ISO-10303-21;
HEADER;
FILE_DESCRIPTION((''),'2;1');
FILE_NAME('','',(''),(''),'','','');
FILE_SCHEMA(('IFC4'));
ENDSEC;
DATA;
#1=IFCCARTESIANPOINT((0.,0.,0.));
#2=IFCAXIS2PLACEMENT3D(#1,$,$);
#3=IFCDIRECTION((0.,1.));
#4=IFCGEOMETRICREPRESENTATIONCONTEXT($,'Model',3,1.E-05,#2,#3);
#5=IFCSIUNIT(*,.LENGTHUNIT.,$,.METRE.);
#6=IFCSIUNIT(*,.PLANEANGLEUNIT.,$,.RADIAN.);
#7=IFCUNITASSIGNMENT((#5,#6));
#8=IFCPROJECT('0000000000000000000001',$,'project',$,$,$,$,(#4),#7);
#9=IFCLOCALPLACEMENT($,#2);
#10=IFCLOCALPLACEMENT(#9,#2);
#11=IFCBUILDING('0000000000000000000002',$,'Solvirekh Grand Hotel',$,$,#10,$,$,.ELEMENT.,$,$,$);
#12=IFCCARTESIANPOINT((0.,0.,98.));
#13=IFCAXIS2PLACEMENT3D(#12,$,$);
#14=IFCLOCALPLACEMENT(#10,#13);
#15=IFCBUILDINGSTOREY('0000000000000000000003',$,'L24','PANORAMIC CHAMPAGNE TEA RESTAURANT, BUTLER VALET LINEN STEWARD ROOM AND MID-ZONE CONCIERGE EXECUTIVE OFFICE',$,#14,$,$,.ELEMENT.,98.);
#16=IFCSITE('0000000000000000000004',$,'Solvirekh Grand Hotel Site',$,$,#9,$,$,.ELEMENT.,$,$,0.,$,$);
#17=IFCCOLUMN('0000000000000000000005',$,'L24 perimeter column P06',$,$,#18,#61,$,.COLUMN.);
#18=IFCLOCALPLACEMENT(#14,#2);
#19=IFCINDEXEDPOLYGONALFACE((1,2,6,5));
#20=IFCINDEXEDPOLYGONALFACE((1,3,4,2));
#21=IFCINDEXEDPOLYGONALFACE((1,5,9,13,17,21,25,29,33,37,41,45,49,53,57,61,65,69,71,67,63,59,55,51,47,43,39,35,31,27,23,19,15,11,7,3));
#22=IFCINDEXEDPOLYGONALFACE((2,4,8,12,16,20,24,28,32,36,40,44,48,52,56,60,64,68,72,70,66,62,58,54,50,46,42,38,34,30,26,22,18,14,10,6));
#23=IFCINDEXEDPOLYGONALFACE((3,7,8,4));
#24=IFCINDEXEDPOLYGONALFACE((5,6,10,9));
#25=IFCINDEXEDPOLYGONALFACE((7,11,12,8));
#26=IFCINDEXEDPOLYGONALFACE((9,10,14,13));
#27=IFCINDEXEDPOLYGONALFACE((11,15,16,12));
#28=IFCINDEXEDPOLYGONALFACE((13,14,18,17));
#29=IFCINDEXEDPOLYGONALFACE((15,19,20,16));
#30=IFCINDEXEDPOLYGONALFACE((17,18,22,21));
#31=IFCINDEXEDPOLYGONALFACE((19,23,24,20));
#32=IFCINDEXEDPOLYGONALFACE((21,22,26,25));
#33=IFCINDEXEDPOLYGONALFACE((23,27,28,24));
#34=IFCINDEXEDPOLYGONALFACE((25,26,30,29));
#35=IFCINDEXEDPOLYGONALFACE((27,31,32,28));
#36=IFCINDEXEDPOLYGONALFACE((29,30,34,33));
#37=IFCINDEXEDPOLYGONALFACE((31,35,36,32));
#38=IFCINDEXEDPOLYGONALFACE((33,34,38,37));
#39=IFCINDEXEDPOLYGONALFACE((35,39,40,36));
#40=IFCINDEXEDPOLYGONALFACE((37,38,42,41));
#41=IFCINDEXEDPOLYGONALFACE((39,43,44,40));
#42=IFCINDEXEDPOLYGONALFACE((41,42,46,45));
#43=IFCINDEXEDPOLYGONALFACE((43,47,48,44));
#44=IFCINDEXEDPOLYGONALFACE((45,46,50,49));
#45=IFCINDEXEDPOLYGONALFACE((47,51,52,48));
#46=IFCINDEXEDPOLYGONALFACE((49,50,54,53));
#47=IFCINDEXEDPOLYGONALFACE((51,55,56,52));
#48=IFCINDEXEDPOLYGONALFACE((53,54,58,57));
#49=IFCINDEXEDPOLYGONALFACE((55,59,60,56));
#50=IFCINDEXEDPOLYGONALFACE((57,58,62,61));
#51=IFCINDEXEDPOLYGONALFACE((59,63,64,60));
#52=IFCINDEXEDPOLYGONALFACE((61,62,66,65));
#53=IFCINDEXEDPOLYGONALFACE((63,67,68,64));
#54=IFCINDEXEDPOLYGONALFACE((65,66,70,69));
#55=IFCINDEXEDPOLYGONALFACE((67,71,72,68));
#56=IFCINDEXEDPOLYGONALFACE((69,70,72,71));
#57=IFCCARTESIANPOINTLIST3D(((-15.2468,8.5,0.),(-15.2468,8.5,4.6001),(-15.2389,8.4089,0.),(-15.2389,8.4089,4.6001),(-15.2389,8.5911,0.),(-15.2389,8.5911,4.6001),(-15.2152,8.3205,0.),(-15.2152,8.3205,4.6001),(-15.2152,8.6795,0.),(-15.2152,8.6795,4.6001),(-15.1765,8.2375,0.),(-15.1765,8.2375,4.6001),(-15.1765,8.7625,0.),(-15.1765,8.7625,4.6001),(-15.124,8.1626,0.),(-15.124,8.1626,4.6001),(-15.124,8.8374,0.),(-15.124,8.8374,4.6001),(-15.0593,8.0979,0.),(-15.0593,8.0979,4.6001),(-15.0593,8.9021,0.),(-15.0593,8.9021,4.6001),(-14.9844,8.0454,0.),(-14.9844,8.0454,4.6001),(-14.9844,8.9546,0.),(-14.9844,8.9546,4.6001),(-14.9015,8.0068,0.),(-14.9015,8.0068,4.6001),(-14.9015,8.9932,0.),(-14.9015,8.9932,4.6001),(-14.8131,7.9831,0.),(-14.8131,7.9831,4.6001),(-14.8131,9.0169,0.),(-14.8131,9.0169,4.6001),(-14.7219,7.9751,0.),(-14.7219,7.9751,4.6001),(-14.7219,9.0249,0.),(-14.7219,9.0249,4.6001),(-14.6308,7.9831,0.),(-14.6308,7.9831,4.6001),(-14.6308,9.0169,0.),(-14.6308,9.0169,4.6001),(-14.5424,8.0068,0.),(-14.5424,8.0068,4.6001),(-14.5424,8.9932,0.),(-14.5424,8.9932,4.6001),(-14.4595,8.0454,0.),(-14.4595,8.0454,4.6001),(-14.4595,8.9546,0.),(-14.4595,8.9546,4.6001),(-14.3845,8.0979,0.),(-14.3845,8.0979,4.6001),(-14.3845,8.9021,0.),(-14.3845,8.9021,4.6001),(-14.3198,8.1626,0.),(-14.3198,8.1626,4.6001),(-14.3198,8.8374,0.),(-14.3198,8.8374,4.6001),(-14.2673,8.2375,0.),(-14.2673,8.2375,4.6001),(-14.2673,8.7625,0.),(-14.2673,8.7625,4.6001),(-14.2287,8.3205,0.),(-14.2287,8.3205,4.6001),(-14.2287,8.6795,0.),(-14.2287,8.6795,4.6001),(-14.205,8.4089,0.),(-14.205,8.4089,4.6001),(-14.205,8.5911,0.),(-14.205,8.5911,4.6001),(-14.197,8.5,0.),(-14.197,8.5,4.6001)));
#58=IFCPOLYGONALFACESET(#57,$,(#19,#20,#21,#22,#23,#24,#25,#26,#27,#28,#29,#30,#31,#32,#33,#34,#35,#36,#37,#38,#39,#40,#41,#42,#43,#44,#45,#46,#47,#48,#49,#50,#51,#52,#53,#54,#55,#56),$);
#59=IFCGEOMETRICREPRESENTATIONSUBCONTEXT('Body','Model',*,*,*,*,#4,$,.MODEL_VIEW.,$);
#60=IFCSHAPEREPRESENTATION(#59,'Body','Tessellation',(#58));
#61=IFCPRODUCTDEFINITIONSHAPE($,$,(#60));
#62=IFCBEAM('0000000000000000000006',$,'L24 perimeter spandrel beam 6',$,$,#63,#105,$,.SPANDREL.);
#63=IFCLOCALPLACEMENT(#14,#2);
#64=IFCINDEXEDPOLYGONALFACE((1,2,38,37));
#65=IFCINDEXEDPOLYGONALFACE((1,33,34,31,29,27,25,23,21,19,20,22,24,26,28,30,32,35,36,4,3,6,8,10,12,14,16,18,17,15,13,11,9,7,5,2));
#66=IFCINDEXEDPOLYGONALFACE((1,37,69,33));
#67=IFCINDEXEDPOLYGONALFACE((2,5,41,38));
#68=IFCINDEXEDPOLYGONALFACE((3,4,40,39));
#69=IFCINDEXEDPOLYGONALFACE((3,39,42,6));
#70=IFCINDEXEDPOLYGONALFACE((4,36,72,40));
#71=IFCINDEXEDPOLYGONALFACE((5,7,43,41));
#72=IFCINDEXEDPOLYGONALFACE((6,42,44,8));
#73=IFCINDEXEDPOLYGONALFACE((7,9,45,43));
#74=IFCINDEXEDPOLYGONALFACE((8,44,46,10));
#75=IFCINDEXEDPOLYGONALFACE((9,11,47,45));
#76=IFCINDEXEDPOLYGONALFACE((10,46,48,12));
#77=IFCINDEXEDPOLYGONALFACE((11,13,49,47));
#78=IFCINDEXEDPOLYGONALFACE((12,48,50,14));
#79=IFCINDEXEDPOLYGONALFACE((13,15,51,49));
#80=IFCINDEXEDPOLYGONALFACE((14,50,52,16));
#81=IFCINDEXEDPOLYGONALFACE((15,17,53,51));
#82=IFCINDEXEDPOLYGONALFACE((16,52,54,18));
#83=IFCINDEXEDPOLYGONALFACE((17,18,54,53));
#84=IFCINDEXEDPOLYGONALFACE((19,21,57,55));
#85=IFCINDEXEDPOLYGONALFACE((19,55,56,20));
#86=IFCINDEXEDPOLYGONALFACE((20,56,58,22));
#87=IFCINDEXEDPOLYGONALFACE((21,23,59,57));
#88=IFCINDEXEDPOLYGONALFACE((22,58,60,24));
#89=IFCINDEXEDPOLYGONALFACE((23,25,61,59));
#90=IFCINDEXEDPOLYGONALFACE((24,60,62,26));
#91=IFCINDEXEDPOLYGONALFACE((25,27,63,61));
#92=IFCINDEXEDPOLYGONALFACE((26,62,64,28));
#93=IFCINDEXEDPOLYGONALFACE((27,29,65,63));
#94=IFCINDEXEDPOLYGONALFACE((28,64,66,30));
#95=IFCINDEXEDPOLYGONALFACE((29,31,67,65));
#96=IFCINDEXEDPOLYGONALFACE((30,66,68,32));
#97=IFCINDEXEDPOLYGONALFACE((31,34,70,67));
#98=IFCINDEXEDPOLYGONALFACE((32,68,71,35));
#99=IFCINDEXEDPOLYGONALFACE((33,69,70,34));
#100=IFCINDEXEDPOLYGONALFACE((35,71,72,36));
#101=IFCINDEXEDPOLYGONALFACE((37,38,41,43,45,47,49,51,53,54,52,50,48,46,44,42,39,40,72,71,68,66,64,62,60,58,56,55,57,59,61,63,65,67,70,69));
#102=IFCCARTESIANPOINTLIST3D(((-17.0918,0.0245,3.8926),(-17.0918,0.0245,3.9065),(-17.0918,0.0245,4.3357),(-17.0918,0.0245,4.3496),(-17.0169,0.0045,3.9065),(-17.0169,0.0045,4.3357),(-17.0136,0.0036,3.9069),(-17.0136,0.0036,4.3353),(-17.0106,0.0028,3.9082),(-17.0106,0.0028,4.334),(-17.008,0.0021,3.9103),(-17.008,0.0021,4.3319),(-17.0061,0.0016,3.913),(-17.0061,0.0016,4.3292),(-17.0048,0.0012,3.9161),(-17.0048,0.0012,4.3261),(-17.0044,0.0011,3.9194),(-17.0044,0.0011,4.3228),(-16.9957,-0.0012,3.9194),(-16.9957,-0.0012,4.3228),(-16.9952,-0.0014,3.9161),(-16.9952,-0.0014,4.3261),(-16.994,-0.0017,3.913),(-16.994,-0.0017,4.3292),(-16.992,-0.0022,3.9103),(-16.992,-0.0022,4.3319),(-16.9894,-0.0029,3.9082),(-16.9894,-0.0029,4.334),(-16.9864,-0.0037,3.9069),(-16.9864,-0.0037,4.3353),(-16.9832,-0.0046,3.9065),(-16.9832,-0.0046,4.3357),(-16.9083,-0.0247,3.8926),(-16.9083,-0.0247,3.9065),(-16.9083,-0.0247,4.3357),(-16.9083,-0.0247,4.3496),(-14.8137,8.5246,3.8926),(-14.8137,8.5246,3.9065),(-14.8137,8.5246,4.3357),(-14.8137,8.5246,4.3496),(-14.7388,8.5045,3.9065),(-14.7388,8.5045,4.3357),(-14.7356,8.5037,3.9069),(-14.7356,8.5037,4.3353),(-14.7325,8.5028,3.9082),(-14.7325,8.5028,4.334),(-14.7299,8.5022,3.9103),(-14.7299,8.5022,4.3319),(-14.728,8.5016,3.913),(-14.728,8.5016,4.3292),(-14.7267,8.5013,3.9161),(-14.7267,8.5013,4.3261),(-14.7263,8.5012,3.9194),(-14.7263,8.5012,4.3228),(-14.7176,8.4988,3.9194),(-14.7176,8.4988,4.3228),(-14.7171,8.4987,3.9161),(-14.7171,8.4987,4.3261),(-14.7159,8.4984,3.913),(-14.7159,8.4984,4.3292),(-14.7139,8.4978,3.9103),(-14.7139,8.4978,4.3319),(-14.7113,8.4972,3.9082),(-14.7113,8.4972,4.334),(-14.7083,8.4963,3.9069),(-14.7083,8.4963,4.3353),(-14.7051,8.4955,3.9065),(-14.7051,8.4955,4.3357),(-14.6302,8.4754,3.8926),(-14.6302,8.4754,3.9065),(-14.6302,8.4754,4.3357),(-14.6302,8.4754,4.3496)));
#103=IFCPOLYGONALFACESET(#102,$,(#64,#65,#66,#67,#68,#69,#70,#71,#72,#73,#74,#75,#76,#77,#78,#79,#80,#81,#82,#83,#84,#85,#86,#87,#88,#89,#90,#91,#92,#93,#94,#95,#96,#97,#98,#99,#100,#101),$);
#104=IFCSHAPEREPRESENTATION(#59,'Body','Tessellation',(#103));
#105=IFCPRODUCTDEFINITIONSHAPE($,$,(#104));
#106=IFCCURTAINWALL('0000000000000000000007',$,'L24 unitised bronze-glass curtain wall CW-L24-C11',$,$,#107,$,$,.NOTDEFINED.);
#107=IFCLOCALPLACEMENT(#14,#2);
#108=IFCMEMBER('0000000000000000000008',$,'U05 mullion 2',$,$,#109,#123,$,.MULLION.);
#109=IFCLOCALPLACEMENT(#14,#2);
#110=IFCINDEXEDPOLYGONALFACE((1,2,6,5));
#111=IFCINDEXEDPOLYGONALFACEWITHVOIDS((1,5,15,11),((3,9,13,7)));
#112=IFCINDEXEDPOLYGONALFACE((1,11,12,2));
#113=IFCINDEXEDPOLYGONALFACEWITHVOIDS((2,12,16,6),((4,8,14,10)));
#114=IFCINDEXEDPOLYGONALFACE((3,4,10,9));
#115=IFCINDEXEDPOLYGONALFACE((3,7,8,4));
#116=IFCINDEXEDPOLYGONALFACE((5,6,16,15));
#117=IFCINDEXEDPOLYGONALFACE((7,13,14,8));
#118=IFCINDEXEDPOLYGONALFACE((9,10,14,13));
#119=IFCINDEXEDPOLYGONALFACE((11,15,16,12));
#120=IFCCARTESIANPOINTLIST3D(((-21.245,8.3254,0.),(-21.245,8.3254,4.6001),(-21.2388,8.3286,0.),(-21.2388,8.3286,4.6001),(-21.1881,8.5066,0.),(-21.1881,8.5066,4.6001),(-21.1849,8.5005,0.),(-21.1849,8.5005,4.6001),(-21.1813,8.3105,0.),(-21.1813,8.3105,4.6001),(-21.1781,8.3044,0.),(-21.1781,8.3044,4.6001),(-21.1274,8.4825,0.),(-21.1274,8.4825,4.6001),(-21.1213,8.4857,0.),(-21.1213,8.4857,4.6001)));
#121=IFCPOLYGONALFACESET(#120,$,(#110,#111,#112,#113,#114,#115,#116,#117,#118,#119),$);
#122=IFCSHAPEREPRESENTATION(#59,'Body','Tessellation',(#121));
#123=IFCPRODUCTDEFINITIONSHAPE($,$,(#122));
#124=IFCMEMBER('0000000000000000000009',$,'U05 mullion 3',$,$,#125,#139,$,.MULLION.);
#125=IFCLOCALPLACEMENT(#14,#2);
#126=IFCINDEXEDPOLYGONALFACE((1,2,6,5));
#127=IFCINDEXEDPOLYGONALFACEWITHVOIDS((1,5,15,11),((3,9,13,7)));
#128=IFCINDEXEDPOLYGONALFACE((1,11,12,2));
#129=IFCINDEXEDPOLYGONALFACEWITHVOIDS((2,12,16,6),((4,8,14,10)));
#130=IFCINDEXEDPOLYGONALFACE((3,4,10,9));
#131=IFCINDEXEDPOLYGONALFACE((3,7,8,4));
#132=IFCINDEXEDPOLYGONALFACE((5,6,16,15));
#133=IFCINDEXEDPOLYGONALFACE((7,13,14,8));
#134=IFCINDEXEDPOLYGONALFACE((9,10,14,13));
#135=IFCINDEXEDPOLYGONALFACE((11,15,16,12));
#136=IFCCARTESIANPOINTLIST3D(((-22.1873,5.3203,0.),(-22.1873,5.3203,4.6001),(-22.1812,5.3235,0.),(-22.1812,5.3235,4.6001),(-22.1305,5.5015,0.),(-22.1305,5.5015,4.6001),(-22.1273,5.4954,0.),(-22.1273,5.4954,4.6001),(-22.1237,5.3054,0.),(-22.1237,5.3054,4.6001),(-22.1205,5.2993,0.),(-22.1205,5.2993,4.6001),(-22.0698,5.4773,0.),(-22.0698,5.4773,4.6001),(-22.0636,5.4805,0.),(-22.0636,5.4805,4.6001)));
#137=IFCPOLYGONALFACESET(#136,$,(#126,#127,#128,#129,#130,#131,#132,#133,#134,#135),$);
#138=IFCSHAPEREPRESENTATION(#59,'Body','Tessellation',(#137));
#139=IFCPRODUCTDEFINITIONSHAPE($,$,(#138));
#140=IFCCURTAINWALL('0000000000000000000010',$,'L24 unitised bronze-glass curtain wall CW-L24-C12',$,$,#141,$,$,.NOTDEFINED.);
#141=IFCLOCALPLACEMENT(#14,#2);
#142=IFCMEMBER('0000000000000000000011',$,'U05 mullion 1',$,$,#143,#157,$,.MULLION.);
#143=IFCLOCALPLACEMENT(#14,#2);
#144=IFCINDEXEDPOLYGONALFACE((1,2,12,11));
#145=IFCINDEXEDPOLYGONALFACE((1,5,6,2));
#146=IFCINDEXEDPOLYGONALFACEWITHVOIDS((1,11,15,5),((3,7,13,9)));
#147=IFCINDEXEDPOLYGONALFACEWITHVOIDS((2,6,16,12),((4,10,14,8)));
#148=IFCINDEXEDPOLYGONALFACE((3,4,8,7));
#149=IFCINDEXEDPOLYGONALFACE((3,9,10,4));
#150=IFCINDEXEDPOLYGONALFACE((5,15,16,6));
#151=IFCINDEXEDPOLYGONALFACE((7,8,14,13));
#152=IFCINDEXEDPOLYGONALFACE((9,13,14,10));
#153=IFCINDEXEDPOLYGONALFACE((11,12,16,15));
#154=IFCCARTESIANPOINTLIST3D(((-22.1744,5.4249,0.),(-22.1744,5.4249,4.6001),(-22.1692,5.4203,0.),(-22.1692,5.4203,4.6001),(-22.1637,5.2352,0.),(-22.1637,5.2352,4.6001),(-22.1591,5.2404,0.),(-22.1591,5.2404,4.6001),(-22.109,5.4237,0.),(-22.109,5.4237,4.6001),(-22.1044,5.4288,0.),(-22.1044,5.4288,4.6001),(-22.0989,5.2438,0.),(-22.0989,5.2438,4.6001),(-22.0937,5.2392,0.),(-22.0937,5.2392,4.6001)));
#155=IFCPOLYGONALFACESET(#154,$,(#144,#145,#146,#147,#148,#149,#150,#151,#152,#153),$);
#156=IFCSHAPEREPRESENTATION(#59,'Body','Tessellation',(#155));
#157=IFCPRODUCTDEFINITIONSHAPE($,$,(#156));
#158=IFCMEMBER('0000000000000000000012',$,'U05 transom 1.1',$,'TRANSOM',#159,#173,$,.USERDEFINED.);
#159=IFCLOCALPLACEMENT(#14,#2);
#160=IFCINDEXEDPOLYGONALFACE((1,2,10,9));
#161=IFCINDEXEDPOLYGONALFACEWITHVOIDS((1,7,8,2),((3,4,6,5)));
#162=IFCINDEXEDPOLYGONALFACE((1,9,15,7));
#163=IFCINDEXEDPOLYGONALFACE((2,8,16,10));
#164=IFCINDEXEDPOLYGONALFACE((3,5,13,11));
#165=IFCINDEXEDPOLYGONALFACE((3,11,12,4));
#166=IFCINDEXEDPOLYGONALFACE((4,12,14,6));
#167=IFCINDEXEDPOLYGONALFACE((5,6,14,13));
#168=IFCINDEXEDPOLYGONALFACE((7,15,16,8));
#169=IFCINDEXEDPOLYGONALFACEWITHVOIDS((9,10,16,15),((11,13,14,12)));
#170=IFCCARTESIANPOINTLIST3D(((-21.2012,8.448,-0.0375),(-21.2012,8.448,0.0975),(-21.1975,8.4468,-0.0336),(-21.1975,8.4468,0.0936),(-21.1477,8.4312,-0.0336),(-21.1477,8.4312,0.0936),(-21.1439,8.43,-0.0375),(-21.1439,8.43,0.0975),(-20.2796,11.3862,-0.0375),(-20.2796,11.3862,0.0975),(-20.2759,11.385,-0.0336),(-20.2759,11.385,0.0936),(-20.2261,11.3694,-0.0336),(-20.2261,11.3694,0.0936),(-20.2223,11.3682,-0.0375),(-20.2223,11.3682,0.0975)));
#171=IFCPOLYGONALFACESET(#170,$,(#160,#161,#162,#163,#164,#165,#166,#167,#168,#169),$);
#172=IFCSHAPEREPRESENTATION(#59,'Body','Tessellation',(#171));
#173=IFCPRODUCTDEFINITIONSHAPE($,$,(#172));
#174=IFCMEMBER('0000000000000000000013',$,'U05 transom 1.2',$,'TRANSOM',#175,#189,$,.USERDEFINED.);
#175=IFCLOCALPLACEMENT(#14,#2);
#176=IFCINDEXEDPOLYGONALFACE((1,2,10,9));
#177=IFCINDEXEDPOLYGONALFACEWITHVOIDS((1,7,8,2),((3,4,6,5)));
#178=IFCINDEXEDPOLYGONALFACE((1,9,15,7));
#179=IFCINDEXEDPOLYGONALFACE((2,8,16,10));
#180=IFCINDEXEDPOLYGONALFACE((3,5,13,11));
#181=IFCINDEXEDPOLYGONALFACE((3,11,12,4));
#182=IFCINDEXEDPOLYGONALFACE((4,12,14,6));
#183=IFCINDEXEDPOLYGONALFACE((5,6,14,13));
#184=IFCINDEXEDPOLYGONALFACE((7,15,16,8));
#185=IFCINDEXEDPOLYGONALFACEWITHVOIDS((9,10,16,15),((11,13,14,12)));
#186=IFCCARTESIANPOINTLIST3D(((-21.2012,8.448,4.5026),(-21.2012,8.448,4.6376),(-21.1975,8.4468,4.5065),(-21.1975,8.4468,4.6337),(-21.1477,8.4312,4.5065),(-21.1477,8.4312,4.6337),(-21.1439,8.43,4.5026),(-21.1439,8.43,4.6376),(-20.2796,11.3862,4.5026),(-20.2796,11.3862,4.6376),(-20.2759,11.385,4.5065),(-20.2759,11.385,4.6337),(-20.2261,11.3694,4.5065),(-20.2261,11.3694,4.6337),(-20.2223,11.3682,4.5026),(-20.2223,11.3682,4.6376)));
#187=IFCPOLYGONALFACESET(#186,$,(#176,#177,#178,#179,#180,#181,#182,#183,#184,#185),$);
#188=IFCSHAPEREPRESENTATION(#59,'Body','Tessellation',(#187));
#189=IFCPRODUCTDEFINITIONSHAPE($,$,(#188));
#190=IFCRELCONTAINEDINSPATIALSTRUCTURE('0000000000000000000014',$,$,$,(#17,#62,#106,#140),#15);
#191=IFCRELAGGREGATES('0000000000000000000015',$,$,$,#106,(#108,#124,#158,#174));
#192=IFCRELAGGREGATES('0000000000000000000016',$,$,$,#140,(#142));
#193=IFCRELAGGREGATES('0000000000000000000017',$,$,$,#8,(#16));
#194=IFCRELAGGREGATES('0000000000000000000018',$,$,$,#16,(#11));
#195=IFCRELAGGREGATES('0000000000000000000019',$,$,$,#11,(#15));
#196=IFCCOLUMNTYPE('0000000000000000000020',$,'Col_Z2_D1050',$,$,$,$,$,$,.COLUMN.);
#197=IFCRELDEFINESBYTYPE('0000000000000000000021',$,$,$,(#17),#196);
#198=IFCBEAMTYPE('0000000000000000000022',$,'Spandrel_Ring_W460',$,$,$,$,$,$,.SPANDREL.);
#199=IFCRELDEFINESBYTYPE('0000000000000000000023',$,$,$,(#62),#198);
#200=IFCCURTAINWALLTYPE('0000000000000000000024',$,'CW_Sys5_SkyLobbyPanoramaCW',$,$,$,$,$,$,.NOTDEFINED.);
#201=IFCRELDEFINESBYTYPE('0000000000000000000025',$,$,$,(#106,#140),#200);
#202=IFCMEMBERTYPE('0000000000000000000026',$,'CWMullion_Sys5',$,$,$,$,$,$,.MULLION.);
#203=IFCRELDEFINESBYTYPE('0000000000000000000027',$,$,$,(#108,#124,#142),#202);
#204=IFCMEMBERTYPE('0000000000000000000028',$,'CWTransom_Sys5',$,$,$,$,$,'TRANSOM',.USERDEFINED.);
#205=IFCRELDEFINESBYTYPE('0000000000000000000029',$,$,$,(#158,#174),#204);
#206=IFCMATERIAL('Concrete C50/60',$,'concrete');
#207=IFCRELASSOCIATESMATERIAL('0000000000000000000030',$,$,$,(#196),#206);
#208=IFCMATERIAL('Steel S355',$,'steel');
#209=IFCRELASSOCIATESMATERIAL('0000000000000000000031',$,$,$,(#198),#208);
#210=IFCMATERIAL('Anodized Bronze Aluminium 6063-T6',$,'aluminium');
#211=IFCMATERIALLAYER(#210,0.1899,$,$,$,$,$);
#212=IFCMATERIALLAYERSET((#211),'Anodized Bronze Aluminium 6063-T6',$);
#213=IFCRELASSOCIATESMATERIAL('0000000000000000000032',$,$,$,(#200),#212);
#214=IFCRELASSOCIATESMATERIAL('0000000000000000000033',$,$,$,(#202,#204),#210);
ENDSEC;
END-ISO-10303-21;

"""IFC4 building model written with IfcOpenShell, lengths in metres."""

from ifc_helpers import new_model, si_unit, direction, frame, origin, origin_2d, place, context, subcontext, project, spatial, hollow_rectangle, circle, i_section, extrude, source, transform, mapped, material, layer, layer_set, material_profile, profile_set, type_object, element, aggregate, save


model = new_model("IFC4")

# Units and contexts
model_context = context("Model", 3, precision=1e-05, world=origin(), true_north=direction((0.0, 1.0)))
body_context = subcontext(model_context, "Body", "Model", "MODEL_VIEW")
ifc_project = project(units=[si_unit("LENGTHUNIT", "METRE"), si_unit("PLANEANGLEUNIT", "RADIAN")], contexts=[model_context])

# Site, building, storey
site_placement = place(None, origin())
site = spatial("IfcSite", under=ifc_project, at=site_placement, Name="Solvirekh Grand Hotel Site", CompositionType="ELEMENT", RefElevation=0.0)
building_placement = place(site_placement, origin())
building = spatial("IfcBuilding", under=site, at=building_placement, Name="Solvirekh Grand Hotel", CompositionType="ELEMENT")
storey_placement = place(building_placement, frame((0.0, 0.0, 98.0)))
storey = spatial("IfcBuildingStorey", under=building, at=storey_placement, Name="L24", Description="PANORAMIC CHAMPAGNE TEA RESTAURANT, BUTLER VALET LINEN STEWARD ROOM AND MID-ZONE CONCIERGE EXECUTIVE OFFICE", CompositionType="ELEMENT", Elevation=98.0)

# Column
ifc_material_1 = material(Name="Concrete C50/60", Category="concrete")
ifc_material_profile_1 = material_profile(ifc_material_1, circle(Radius=0.5249, at=origin_2d()), Name="RC CIRC D1050")
ifc_profile_set_1 = profile_set([ifc_material_profile_1], Name="Concrete C50/60")
column_type = type_object("IfcColumnType", Name="Col_Z2_D1050", PredefinedType="COLUMN", material=ifc_profile_set_1)
column_placement = place(storey_placement, frame((-14.7219, 8.5, 0.0), z_axis=(0.0, 0.0, 1.0), x_axis=(1.0, 0.0, 0.0)))
element("IfcColumn", 1, at=column_placement, inside=storey, type_object=column_type, Name="L24 perimeter column P06", PredefinedType="COLUMN", context=body_context, shape_type="SweptSolid", body=[
    extrude(circle(Radius=0.5249, at=origin_2d()), origin(), (0.0, 0.0, 1.0), 4.6001),
])

# Beam
ifc_material_2 = material(Name="Steel S355", Category="steel")
ifc_material_profile_2 = material_profile(ifc_material_2, i_section(OverallWidth=0.1899, OverallDepth=0.457, WebThickness=0.009, FlangeThickness=0.0139, FilletRadius=0.0129, at=origin_2d()), Name="W460X74")
ifc_profile_set_2 = profile_set([ifc_material_profile_2], Name="Steel S355")
beam_type = type_object("IfcBeamType", Name="Spandrel_Ring_W460", PredefinedType="SPANDREL", material=ifc_profile_set_2)
beam_placement = place(storey_placement, frame((-14.7219, 8.5, 4.1211), z_axis=(-0.258873, -0.965911, 0.0), x_axis=(0.965911, -0.258873, 0.0)))
element("IfcBeam", 2, at=beam_placement, inside=storey, type_object=beam_type, Name="L24 perimeter spandrel beam 6", PredefinedType="SPANDREL", context=body_context, shape_type="SweptSolid", body=[
    extrude(i_section(OverallWidth=0.1899, OverallDepth=0.457, WebThickness=0.009, FlangeThickness=0.0139, FilletRadius=0.0129, at=origin_2d()), origin(), (0.0, 0.0, 1.0), 8.8),
])

# Curtain wall, members
ifc_material_3 = material(Name="Anodized Bronze Aluminium 6063-T6", Category="aluminium")
ifc_layer_1 = layer(ifc_material_3, 0.1899)
ifc_layer_set_1 = layer_set([ifc_layer_1], Name="Anodized Bronze Aluminium 6063-T6")
curtain_wall_type = type_object("IfcCurtainWallType", Name="CW_Sys5_SkyLobbyPanoramaCW", PredefinedType="NOTDEFINED", material=ifc_layer_set_1)
curtain_wall_1_placement = place(storey_placement, origin())
curtain_wall_1 = element("IfcCurtainWall", 3, at=curtain_wall_1_placement, inside=storey, type_object=curtain_wall_type, Name="L24 unitised bronze-glass curtain wall CW-L24-C11", PredefinedType="NOTDEFINED")
ifc_material_profile_3 = material_profile(ifc_material_3, hollow_rectangle(XDim=0.0701, YDim=0.1899, WallThickness=0.0049, at=origin_2d()), Name="ALU RHS 190X70X5")
ifc_profile_set_3 = profile_set([ifc_material_profile_3], Name="Anodized Bronze Aluminium 6063-T6")
member_type_1 = type_object("IfcMemberType", Name="CWMullion_Sys5", PredefinedType="MULLION", material=ifc_profile_set_3)
shared_shape_1 = source(origin(), body_context, "Body", "SweptSolid", [
    extrude(hollow_rectangle(XDim=0.0701, YDim=0.1899, WallThickness=0.0049, at=origin_2d()), origin(), (0.0, 0.0, 1.0), 4.6001),
])
member_1_placement = place(storey_placement, frame((-21.1831, 8.4055, 0.0), z_axis=(0.0, 0.0, 1.0), x_axis=(0.954169, -0.299267, 0.0)))
member_1 = element("IfcMember", 4, at=member_1_placement, type_object=member_type_1, Name="U05 mullion 2", PredefinedType="MULLION", context=body_context, shape_type="MappedRepresentation", body=[
    mapped(shared_shape_1, transform((0.0, 0.0, 0.0), x_axis=(1.0, 0.0, 0.0), y_axis=(0.0, 1.0, 0.0), z_axis=(0.0, 0.0, 1.0), scale=1.0)),
])
member_2_placement = place(storey_placement, frame((-22.1255, 5.4004, 0.0), z_axis=(0.0, 0.0, 1.0), x_axis=(0.954169, -0.299267, 0.0)))
member_2 = element("IfcMember", 5, at=member_2_placement, type_object=member_type_1, Name="U05 mullion 3", PredefinedType="MULLION", context=body_context, shape_type="MappedRepresentation", body=[
    mapped(shared_shape_1, transform((0.0, 0.0, 0.0), x_axis=(1.0, 0.0, 0.0), y_axis=(0.0, 1.0, 0.0), z_axis=(0.0, 0.0, 1.0), scale=1.0)),
])

# Curtain wall, member
curtain_wall_2_placement = place(storey_placement, origin())
curtain_wall_2 = element("IfcCurtainWall", 6, at=curtain_wall_2_placement, inside=storey, type_object=curtain_wall_type, Name="L24 unitised bronze-glass curtain wall CW-L24-C12", PredefinedType="NOTDEFINED")
member_3_placement = place(storey_placement, frame((-22.134, 5.332, 0.0), z_axis=(0.0, 0.0, 1.0), x_axis=(0.998416, 0.056257, 0.0)))
member_3 = element("IfcMember", 7, at=member_3_placement, type_object=member_type_1, Name="U05 mullion 1", PredefinedType="MULLION", context=body_context, shape_type="MappedRepresentation", body=[
    mapped(shared_shape_1, transform((0.0, 0.0, 0.0), x_axis=(1.0, 0.0, 0.0), y_axis=(0.0, 1.0, 0.0), z_axis=(0.0, 0.0, 1.0), scale=1.0)),
])

# Members
ifc_material_profile_4 = material_profile(ifc_material_3, hollow_rectangle(XDim=0.0601, YDim=0.135, WallThickness=0.0039, at=origin_2d()), Name="ALU RHS 135X60X4")
ifc_profile_set_4 = profile_set([ifc_material_profile_4], Name="Anodized Bronze Aluminium 6063-T6")
member_type_2 = type_object("IfcMemberType", Name="CWTransom_Sys5", ElementType="TRANSOM", PredefinedType="USERDEFINED", material=ifc_profile_set_4)
shared_shape_2 = source(origin(), body_context, "Body", "SweptSolid", [
    extrude(hollow_rectangle(XDim=0.0601, YDim=0.135, WallThickness=0.0039, at=origin_2d()), origin(), (0.0, 0.0, 1.0), 3.0793),
])
member_4_placement = place(storey_placement, frame((-20.251, 11.3772, 0.03), z_axis=(-0.299291, -0.954162, 0.0), x_axis=(0.954162, -0.299291, 0.0)))
member_4 = element("IfcMember", 8, at=member_4_placement, type_object=member_type_2, Name="U05 transom 1.1", ObjectType="TRANSOM", PredefinedType="USERDEFINED", context=body_context, shape_type="MappedRepresentation", body=[
    mapped(shared_shape_2, transform((0.0, 0.0, 0.0), x_axis=(1.0, 0.0, 0.0), y_axis=(0.0, 1.0, 0.0), z_axis=(0.0, 0.0, 1.0), scale=1.0)),
])
member_5_placement = place(storey_placement, frame((-20.251, 11.3772, 4.5701), z_axis=(-0.299291, -0.954162, 0.0), x_axis=(0.954162, -0.299291, 0.0)))
member_5 = element("IfcMember", 9, at=member_5_placement, type_object=member_type_2, Name="U05 transom 1.2", ObjectType="TRANSOM", PredefinedType="USERDEFINED", context=body_context, shape_type="MappedRepresentation", body=[
    mapped(shared_shape_2, transform((0.0, 0.0, 0.0), x_axis=(1.0, 0.0, 0.0), y_axis=(0.0, 1.0, 0.0), z_axis=(0.0, 0.0, 1.0), scale=1.0)),
])

aggregate(curtain_wall_1, [member_1, member_2, member_4, member_5])
aggregate(curtain_wall_2, [member_3])

save(model, "model.ifc")
